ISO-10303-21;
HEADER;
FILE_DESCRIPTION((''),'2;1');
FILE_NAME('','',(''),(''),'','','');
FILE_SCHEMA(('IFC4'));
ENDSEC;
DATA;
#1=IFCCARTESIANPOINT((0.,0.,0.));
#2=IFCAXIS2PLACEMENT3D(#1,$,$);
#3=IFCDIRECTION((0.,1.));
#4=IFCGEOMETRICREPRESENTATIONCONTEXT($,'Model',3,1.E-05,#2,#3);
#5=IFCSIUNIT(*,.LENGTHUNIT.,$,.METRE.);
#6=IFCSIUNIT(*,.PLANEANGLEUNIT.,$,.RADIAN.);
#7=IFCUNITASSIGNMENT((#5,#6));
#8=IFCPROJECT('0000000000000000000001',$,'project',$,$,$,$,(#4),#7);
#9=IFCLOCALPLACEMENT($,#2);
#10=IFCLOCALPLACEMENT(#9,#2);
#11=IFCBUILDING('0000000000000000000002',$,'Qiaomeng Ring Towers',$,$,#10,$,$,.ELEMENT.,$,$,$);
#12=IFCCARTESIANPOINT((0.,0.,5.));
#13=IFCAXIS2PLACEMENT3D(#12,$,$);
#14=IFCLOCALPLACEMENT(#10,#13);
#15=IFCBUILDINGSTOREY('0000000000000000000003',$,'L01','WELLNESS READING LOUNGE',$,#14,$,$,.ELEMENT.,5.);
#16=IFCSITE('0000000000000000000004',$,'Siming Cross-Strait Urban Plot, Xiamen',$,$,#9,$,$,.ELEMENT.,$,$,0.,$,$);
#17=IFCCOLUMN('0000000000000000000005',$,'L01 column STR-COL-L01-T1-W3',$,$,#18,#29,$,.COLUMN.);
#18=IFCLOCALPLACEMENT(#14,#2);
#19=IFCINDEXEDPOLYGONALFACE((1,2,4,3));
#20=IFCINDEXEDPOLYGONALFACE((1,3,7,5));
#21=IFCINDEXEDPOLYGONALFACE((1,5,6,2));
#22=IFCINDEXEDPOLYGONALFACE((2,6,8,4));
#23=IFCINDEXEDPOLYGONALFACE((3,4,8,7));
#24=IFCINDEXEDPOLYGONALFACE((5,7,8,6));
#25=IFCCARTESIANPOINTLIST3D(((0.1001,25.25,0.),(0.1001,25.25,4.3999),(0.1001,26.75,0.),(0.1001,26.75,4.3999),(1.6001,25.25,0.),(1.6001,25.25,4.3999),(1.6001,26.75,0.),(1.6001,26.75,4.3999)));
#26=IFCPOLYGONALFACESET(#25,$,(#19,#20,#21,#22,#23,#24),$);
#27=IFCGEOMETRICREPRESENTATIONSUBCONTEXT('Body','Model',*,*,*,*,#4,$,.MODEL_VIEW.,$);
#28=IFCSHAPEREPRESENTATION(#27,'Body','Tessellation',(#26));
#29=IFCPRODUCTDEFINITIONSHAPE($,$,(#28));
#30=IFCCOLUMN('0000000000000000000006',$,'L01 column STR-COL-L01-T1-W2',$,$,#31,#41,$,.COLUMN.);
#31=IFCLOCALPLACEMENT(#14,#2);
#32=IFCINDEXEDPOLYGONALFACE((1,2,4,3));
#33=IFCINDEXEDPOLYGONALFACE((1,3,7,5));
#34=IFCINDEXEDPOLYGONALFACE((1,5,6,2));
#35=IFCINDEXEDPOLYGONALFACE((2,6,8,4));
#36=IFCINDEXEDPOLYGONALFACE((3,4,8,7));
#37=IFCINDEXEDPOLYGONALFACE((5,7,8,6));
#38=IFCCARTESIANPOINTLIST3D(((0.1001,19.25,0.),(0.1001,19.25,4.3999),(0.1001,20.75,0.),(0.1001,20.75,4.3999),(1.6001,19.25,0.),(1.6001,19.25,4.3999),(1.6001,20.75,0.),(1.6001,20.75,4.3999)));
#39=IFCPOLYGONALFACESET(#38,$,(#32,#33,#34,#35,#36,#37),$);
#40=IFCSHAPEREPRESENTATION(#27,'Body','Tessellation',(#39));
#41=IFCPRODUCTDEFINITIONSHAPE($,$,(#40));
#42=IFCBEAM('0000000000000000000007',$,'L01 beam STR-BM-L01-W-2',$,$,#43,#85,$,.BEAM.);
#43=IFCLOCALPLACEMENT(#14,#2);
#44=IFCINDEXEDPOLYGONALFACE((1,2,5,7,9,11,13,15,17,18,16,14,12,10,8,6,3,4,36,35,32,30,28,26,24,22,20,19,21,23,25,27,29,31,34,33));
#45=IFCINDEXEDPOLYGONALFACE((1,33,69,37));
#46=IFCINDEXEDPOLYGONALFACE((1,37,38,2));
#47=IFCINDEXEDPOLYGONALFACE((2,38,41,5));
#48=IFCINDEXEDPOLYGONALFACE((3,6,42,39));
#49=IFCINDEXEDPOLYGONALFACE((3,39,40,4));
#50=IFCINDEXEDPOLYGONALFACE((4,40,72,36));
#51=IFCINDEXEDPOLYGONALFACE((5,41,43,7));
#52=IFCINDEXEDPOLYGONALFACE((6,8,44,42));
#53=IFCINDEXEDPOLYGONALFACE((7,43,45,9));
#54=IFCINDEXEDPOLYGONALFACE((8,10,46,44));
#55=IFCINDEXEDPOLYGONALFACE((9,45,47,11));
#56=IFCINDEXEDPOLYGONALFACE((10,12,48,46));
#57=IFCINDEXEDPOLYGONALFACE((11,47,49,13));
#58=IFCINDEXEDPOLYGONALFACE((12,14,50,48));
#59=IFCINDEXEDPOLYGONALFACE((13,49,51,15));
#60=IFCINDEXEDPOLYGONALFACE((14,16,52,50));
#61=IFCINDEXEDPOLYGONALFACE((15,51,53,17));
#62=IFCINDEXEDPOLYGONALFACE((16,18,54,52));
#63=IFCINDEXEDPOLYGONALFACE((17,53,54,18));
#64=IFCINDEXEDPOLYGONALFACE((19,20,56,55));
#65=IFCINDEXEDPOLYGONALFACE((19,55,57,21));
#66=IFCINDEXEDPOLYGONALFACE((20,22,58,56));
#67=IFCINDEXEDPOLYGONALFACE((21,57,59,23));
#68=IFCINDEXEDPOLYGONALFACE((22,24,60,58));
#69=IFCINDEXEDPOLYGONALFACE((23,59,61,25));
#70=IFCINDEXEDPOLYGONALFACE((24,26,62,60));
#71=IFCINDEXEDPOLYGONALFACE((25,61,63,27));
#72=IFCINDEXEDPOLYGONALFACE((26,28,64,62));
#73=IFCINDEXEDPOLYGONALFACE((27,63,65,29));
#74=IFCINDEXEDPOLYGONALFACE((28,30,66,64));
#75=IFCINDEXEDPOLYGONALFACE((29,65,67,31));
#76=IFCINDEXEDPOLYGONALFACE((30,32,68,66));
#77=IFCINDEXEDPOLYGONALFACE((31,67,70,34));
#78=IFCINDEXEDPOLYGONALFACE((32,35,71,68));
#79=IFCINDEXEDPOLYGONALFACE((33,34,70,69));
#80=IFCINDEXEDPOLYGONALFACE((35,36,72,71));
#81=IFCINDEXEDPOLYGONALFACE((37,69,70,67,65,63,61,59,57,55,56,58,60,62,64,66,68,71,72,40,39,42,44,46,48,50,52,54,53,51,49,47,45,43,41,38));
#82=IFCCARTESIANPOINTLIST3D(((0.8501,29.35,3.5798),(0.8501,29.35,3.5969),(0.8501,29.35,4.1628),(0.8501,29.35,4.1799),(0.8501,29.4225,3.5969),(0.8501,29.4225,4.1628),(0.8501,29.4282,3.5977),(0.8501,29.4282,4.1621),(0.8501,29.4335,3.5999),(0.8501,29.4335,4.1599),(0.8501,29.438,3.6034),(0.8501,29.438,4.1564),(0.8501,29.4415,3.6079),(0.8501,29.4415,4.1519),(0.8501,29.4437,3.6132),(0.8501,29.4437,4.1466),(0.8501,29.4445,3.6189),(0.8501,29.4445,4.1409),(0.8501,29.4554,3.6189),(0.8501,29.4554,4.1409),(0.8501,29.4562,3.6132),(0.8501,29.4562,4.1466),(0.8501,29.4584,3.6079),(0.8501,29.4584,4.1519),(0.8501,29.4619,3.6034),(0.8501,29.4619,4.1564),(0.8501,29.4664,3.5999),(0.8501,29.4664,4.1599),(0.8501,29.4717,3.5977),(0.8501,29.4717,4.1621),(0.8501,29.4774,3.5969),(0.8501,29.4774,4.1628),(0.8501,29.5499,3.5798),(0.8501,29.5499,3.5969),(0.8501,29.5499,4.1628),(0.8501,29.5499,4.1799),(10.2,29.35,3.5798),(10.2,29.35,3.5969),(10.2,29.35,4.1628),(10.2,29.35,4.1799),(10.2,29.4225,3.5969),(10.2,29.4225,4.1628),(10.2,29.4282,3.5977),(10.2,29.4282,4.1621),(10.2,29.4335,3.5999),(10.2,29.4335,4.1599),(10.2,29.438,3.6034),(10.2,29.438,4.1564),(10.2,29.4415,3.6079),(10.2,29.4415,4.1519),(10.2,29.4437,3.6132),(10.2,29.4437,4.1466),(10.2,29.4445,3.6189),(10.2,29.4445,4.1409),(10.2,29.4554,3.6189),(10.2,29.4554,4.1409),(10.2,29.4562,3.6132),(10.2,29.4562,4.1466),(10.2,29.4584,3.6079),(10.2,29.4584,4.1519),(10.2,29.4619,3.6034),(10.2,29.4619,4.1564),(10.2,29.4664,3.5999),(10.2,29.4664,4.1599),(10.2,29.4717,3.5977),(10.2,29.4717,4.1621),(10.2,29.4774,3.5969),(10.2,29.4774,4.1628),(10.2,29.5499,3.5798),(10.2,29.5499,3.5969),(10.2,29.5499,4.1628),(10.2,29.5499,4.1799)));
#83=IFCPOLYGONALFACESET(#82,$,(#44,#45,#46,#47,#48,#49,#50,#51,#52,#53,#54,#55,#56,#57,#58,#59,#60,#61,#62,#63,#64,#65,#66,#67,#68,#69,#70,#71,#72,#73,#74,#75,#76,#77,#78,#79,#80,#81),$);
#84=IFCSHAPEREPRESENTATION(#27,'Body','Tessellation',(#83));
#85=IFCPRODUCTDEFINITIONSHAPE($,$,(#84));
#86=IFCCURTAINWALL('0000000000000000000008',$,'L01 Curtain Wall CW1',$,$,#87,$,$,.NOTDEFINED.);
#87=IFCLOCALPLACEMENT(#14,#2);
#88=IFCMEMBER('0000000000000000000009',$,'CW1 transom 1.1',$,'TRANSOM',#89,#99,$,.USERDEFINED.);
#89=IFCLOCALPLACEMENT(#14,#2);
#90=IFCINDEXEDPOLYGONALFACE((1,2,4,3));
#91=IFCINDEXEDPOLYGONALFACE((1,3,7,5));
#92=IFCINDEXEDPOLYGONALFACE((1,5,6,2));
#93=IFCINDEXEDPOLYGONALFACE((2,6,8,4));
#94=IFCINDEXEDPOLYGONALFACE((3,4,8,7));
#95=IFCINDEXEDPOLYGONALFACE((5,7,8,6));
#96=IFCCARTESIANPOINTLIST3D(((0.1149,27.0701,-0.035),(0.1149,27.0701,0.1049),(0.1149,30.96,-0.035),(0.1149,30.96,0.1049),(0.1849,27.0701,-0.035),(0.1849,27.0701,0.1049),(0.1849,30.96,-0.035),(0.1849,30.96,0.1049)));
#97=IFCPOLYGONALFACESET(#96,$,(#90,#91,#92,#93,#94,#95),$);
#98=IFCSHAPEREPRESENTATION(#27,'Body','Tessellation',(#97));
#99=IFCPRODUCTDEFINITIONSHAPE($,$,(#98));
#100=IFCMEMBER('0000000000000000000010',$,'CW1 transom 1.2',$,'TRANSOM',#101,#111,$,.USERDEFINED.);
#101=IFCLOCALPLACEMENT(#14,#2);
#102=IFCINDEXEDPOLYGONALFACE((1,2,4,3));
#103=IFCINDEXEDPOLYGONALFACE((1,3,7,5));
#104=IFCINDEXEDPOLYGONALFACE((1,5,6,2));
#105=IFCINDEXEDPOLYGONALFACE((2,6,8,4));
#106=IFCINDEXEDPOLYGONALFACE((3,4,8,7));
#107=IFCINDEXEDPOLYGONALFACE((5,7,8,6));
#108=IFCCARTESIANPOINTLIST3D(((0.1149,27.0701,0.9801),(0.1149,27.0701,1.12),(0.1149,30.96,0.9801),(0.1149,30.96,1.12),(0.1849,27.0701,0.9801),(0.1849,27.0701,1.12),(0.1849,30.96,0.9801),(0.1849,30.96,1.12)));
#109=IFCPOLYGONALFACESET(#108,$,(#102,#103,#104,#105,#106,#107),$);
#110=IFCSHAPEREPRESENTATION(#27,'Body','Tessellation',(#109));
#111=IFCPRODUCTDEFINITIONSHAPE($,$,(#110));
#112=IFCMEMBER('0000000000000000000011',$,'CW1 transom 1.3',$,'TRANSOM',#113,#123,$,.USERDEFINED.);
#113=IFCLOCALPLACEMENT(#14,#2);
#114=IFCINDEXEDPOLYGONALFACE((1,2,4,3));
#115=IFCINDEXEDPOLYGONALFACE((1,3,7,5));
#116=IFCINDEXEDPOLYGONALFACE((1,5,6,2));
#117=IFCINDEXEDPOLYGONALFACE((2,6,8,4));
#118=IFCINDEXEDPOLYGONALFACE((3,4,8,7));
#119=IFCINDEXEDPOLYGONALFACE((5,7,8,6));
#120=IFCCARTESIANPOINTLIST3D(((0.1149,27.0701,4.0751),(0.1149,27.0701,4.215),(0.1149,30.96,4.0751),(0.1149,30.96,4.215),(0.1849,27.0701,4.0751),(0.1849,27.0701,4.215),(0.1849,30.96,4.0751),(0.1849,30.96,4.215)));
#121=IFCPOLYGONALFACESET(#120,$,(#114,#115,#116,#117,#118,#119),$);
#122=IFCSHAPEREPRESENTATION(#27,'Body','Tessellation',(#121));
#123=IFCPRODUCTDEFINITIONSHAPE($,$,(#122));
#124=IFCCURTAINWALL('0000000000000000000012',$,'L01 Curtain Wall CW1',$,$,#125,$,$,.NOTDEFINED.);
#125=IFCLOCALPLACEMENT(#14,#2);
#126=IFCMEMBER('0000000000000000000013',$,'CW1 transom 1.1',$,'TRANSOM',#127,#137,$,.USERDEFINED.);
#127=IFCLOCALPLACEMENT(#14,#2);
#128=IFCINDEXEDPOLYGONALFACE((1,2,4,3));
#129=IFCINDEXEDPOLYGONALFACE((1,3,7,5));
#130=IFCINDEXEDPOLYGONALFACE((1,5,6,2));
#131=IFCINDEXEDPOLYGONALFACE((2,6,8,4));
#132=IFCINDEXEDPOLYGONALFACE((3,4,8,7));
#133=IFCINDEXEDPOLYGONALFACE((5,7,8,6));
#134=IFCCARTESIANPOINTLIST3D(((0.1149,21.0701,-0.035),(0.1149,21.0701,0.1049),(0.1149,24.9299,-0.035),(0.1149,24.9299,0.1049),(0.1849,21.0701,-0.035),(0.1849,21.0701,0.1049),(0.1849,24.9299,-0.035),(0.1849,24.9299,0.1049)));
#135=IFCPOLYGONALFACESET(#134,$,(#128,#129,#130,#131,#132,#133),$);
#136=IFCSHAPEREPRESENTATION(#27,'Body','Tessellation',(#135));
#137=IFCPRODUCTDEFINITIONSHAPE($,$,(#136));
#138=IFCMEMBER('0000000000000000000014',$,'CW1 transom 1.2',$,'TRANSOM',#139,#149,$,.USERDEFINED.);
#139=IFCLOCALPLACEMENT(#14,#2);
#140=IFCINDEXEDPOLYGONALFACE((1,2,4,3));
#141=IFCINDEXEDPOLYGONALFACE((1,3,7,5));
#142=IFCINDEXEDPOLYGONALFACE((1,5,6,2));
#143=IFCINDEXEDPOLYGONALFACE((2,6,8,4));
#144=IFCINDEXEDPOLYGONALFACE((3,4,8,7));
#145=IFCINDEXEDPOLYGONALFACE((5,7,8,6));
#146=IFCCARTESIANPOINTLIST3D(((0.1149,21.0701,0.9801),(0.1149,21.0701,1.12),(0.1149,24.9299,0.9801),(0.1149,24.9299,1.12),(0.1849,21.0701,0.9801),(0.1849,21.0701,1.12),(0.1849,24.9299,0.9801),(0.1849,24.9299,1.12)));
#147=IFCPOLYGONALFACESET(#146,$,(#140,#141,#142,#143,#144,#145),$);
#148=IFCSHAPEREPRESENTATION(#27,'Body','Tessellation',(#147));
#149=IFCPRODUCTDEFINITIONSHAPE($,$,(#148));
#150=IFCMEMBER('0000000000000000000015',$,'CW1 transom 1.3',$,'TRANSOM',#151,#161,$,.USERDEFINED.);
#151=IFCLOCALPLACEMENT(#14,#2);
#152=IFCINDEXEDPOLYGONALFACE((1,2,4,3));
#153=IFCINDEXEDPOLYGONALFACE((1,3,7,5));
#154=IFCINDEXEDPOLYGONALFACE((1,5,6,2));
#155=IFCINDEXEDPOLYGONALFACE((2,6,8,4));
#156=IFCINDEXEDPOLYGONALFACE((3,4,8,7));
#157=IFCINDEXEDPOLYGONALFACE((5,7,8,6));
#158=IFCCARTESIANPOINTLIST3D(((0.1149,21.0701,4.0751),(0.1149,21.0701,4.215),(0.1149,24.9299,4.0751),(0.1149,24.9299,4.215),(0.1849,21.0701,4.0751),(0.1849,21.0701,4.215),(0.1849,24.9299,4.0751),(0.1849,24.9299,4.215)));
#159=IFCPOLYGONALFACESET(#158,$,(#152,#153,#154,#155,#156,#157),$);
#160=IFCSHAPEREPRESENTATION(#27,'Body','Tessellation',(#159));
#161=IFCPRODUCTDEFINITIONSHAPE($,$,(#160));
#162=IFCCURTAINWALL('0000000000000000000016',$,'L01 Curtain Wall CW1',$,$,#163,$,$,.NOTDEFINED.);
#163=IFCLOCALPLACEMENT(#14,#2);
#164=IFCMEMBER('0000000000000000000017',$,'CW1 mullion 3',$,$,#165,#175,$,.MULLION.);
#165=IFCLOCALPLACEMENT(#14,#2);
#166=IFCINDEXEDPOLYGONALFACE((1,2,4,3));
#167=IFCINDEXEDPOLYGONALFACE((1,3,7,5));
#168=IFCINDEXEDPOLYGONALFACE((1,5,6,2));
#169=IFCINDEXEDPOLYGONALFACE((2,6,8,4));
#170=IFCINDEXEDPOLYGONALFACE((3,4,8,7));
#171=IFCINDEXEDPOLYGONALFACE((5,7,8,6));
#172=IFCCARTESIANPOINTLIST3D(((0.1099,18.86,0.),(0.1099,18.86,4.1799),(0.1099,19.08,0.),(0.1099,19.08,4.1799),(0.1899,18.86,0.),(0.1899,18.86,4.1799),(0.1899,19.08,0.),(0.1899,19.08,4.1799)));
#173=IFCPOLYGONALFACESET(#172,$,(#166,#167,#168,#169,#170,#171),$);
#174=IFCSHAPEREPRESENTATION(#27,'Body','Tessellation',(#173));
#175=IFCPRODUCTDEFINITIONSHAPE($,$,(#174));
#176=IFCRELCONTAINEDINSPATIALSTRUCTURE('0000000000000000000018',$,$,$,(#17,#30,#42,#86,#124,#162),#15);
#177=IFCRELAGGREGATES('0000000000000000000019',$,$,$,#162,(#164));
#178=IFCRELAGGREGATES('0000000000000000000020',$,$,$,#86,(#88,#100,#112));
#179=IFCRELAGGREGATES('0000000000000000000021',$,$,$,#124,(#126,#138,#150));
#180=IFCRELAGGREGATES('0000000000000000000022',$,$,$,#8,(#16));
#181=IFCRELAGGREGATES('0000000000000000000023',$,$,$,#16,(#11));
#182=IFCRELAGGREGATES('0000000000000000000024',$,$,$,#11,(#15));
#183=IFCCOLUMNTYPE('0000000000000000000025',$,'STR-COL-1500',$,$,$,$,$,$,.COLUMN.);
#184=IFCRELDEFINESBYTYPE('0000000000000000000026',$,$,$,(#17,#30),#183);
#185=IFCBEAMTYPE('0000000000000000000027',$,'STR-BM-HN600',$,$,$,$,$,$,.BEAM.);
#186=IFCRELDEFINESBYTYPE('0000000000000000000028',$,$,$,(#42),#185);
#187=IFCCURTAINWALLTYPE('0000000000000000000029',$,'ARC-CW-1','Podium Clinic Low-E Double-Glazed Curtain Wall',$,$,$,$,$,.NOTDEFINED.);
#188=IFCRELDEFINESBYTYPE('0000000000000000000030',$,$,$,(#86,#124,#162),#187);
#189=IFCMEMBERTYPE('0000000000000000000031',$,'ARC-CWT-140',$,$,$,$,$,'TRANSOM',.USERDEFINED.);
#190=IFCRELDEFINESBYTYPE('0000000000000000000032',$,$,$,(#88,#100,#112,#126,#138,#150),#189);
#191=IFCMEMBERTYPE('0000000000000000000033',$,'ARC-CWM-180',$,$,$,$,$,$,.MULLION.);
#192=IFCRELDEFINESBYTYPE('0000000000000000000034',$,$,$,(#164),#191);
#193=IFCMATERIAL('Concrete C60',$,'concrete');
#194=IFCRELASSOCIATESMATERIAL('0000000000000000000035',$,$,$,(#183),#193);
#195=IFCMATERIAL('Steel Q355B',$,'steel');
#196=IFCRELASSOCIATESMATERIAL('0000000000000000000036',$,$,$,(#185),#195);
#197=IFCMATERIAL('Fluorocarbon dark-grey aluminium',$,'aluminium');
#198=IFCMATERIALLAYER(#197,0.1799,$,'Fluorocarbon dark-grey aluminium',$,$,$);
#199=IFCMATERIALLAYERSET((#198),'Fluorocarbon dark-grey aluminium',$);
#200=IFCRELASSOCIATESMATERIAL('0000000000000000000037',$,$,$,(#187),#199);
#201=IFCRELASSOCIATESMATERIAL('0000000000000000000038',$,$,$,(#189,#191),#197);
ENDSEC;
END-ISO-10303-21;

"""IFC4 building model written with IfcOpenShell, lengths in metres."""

from ifc_helpers import new_model, si_unit, direction, frame, origin, origin_2d, place, context, subcontext, project, spatial, rectangle, i_section, extrude, source, transform, mapped, material, layer, layer_set, material_profile, profile_set, type_object, element, aggregate, save


model = new_model("IFC4")

# Units and contexts
model_context = context("Model", 3, precision=1e-05, world=origin(), true_north=direction((0.0, 1.0)))
body_context = subcontext(model_context, "Body", "Model", "MODEL_VIEW")
ifc_project = project(units=[si_unit("LENGTHUNIT", "METRE"), si_unit("PLANEANGLEUNIT", "RADIAN")], contexts=[model_context])

# Site, building, storey
site_placement = place(None, origin())
site = spatial("IfcSite", under=ifc_project, at=site_placement, Name="Siming Cross-Strait Urban Plot, Xiamen", CompositionType="ELEMENT", RefElevation=0.0)
building_placement = place(site_placement, origin())
building = spatial("IfcBuilding", under=site, at=building_placement, Name="Qiaomeng Ring Towers", CompositionType="ELEMENT")
storey_placement = place(building_placement, frame((0.0, 0.0, 5.0)))
storey = spatial("IfcBuildingStorey", under=building, at=storey_placement, Name="L01", Description="WELLNESS READING LOUNGE", CompositionType="ELEMENT", Elevation=5.0)

# Columns
ifc_material_1 = material(Name="Concrete C60", Category="concrete")
ifc_material_profile_1 = material_profile(ifc_material_1, rectangle(XDim=1.5, YDim=1.5, at=origin_2d()), Name="RC COL 1500x1500")
ifc_profile_set_1 = profile_set([ifc_material_profile_1], Name="Concrete C60")
column_type = type_object("IfcColumnType", Name="STR-COL-1500", PredefinedType="COLUMN", material=ifc_profile_set_1)
shared_shape_1 = source(origin(), body_context, "Body", "SweptSolid", [
    extrude(rectangle(XDim=1.5, YDim=1.5, at=origin_2d()), origin(), (0.0, 0.0, 1.0), 4.3999),
])
for number, where, z_axis, x_axis, name in (
    (1, (0.8501, 26.0, 0.0), (0.0, 0.0, 1.0), (1.0, 0.0, 0.0), "L01 column STR-COL-L01-T1-W3"),
    (2, (0.8501, 20.0, 0.0), (0.0, 0.0, 1.0), (1.0, 0.0, 0.0), "L01 column STR-COL-L01-T1-W2"),
):
    element("IfcColumn", number, at=place(storey_placement, frame(where, z_axis=z_axis, x_axis=x_axis)), inside=storey, type_object=column_type, Name=name, PredefinedType="COLUMN", context=body_context, shape_type="MappedRepresentation", body=[
        mapped(shared_shape_1, transform((0.0, 0.0, 0.0), x_axis=(1.0, 0.0, 0.0), y_axis=(0.0, 1.0, 0.0), z_axis=(0.0, 0.0, 1.0), scale=1.0)),
    ])

# Beam
ifc_material_2 = material(Name="Steel Q355B", Category="steel")
ifc_material_profile_2 = material_profile(ifc_material_2, i_section(OverallWidth=0.2, OverallDepth=0.6001, WebThickness=0.011, FlangeThickness=0.0171, FilletRadius=0.022, at=origin_2d()), Name="HN 600x200x11x17")
ifc_profile_set_2 = profile_set([ifc_material_profile_2], Name="Steel Q355B")
beam_type = type_object("IfcBeamType", Name="STR-BM-HN600", PredefinedType="BEAM", material=ifc_profile_set_2)
shared_shape_2 = source(origin(), body_context, "Body", "SweptSolid", [
    extrude(i_section(OverallWidth=0.2, OverallDepth=0.6001, WebThickness=0.011, FlangeThickness=0.0171, FilletRadius=0.022, at=origin_2d()), origin(), (0.0, 0.0, 1.0), 9.3499),
])
beam_placement = place(storey_placement, frame((0.8501, 29.45, 3.8799), z_axis=(1.0, 0.0, 0.0), x_axis=(0.0, 1.0, 0.0)))
element("IfcBeam", 3, at=beam_placement, inside=storey, type_object=beam_type, Name="L01 beam STR-BM-L01-W-2", PredefinedType="BEAM", context=body_context, shape_type="MappedRepresentation", body=[
    mapped(shared_shape_2, transform((0.0, 0.0, 0.0), x_axis=(1.0, 0.0, 0.0), y_axis=(0.0, 1.0, 0.0), z_axis=(0.0, 0.0, 1.0), scale=1.0)),
])

# Curtain walls, members
ifc_material_3 = material(Name="Fluorocarbon dark-grey aluminium", Category="aluminium")
ifc_layer_1 = layer(ifc_material_3, 0.1799, Name="Fluorocarbon dark-grey aluminium")
ifc_layer_set_1 = layer_set([ifc_layer_1], Name="Fluorocarbon dark-grey aluminium")
curtain_wall_type_1 = type_object("IfcCurtainWallType", Name="ARC-CW-1", Description="Podium Clinic Low-E Double-Glazed Curtain Wall", PredefinedType="NOTDEFINED", material=ifc_layer_set_1)
curtain_wall_1_placement = place(storey_placement, origin())
curtain_wall_1 = element("IfcCurtainWall", 4, at=curtain_wall_1_placement, inside=storey, type_object=curtain_wall_type_1, Name="L01 Curtain Wall CW1", PredefinedType="NOTDEFINED")
ifc_material_profile_3 = material_profile(ifc_material_3, rectangle(XDim=0.0701, YDim=0.1399, at=origin_2d()), Name="ALU TRAN 70x140")
ifc_profile_set_3 = profile_set([ifc_material_profile_3], Name="Fluorocarbon dark-grey aluminium")
member_type_1 = type_object("IfcMemberType", Name="ARC-CWT-140", ElementType="TRANSOM", PredefinedType="USERDEFINED", material=ifc_profile_set_3)
shared_shape_3 = source(origin(), body_context, "Body", "SweptSolid", [
    extrude(rectangle(XDim=0.0701, YDim=0.1399, at=origin_2d()), origin(), (0.0, 0.0, 1.0), 3.8899),
])
member_1_placement = place(storey_placement, frame((0.1499, 27.0701, 0.0349), z_axis=(0.0, 1.0, 0.0), x_axis=(-1.0, 0.0, 0.0)))
member_1 = element("IfcMember", 5, at=member_1_placement, type_object=member_type_1, Name="CW1 transom 1.1", ObjectType="TRANSOM", PredefinedType="USERDEFINED", context=body_context, shape_type="MappedRepresentation", body=[
    mapped(shared_shape_3, transform((0.0, 0.0, 0.0), x_axis=(1.0, 0.0, 0.0), y_axis=(0.0, 1.0, 0.0), z_axis=(0.0, 0.0, 1.0), scale=1.0)),
])
member_2_placement = place(storey_placement, frame((0.1499, 27.0701, 1.05), z_axis=(0.0, 1.0, 0.0), x_axis=(-1.0, 0.0, 0.0)))
member_2 = element("IfcMember", 6, at=member_2_placement, type_object=member_type_1, Name="CW1 transom 1.2", ObjectType="TRANSOM", PredefinedType="USERDEFINED", context=body_context, shape_type="MappedRepresentation", body=[
    mapped(shared_shape_3, transform((0.0, 0.0, 0.0), x_axis=(1.0, 0.0, 0.0), y_axis=(0.0, 1.0, 0.0), z_axis=(0.0, 0.0, 1.0), scale=1.0)),
])
member_3_placement = place(storey_placement, frame((0.1499, 27.0701, 4.145), z_axis=(0.0, 1.0, 0.0), x_axis=(-1.0, 0.0, 0.0)))
member_3 = element("IfcMember", 7, at=member_3_placement, type_object=member_type_1, Name="CW1 transom 1.3", ObjectType="TRANSOM", PredefinedType="USERDEFINED", context=body_context, shape_type="MappedRepresentation", body=[
    mapped(shared_shape_3, transform((0.0, 0.0, 0.0), x_axis=(1.0, 0.0, 0.0), y_axis=(0.0, 1.0, 0.0), z_axis=(0.0, 0.0, 1.0), scale=1.0)),
])
curtain_wall_2_placement = place(storey_placement, origin())
curtain_wall_2 = element("IfcCurtainWall", 8, at=curtain_wall_2_placement, inside=storey, type_object=curtain_wall_type_1, Name="L01 Curtain Wall CW1", PredefinedType="NOTDEFINED")
shared_shape_4 = source(origin(), body_context, "Body", "SweptSolid", [
    extrude(rectangle(XDim=0.0701, YDim=0.1399, at=origin_2d()), origin(), (0.0, 0.0, 1.0), 3.8599),
])
member_4_placement = place(storey_placement, frame((0.1499, 21.0701, 0.0349), z_axis=(0.0, 1.0, 0.0), x_axis=(-1.0, 0.0, 0.0)))
member_4 = element("IfcMember", 9, at=member_4_placement, type_object=member_type_1, Name="CW1 transom 1.1", ObjectType="TRANSOM", PredefinedType="USERDEFINED", context=body_context, shape_type="MappedRepresentation", body=[
    mapped(shared_shape_4, transform((0.0, 0.0, 0.0), x_axis=(1.0, 0.0, 0.0), y_axis=(0.0, 1.0, 0.0), z_axis=(0.0, 0.0, 1.0), scale=1.0)),
])
member_5_placement = place(storey_placement, frame((0.1499, 21.0701, 1.05), z_axis=(0.0, 1.0, 0.0), x_axis=(-1.0, 0.0, 0.0)))
member_5 = element("IfcMember", 10, at=member_5_placement, type_object=member_type_1, Name="CW1 transom 1.2", ObjectType="TRANSOM", PredefinedType="USERDEFINED", context=body_context, shape_type="MappedRepresentation", body=[
    mapped(shared_shape_4, transform((0.0, 0.0, 0.0), x_axis=(1.0, 0.0, 0.0), y_axis=(0.0, 1.0, 0.0), z_axis=(0.0, 0.0, 1.0), scale=1.0)),
])
member_6_placement = place(storey_placement, frame((0.1499, 21.0701, 4.145), z_axis=(0.0, 1.0, 0.0), x_axis=(-1.0, 0.0, 0.0)))
member_6 = element("IfcMember", 11, at=member_6_placement, type_object=member_type_1, Name="CW1 transom 1.3", ObjectType="TRANSOM", PredefinedType="USERDEFINED", context=body_context, shape_type="MappedRepresentation", body=[
    mapped(shared_shape_4, transform((0.0, 0.0, 0.0), x_axis=(1.0, 0.0, 0.0), y_axis=(0.0, 1.0, 0.0), z_axis=(0.0, 0.0, 1.0), scale=1.0)),
])

# Curtain wall, member
curtain_wall_3_placement = place(storey_placement, origin())
curtain_wall_3 = element("IfcCurtainWall", 12, at=curtain_wall_3_placement, inside=storey, type_object=curtain_wall_type_1, Name="L01 Curtain Wall CW1", PredefinedType="NOTDEFINED")
ifc_material_profile_4 = material_profile(ifc_material_3, rectangle(XDim=0.0801, YDim=0.22, at=origin_2d()), Name="ALU MULL 80x220")
ifc_profile_set_4 = profile_set([ifc_material_profile_4], Name="Fluorocarbon dark-grey aluminium")
member_type_2 = type_object("IfcMemberType", Name="ARC-CWM-180", PredefinedType="MULLION", material=ifc_profile_set_4)
shared_shape_5 = source(origin(), body_context, "Body", "SweptSolid", [
    extrude(rectangle(XDim=0.0801, YDim=0.22, at=origin_2d()), origin(), (0.0, 0.0, 1.0), 4.1799),
])
member_7_placement = place(storey_placement, frame((0.1499, 18.97, 0.0), z_axis=(0.0, 0.0, 1.0), x_axis=(-1.0, 0.0, 0.0)))
member_7 = element("IfcMember", 13, at=member_7_placement, type_object=member_type_2, Name="CW1 mullion 3", PredefinedType="MULLION", context=body_context, shape_type="MappedRepresentation", body=[
    mapped(shared_shape_5, transform((0.0, 0.0, 0.0), x_axis=(1.0, 0.0, 0.0), y_axis=(0.0, 1.0, 0.0), z_axis=(0.0, 0.0, 1.0), scale=1.0)),
])
aggregate(curtain_wall_3, [member_7])

aggregate(curtain_wall_1, [member_1, member_2, member_3])
aggregate(curtain_wall_2, [member_4, member_5, member_6])

save(model, "model.ifc")
